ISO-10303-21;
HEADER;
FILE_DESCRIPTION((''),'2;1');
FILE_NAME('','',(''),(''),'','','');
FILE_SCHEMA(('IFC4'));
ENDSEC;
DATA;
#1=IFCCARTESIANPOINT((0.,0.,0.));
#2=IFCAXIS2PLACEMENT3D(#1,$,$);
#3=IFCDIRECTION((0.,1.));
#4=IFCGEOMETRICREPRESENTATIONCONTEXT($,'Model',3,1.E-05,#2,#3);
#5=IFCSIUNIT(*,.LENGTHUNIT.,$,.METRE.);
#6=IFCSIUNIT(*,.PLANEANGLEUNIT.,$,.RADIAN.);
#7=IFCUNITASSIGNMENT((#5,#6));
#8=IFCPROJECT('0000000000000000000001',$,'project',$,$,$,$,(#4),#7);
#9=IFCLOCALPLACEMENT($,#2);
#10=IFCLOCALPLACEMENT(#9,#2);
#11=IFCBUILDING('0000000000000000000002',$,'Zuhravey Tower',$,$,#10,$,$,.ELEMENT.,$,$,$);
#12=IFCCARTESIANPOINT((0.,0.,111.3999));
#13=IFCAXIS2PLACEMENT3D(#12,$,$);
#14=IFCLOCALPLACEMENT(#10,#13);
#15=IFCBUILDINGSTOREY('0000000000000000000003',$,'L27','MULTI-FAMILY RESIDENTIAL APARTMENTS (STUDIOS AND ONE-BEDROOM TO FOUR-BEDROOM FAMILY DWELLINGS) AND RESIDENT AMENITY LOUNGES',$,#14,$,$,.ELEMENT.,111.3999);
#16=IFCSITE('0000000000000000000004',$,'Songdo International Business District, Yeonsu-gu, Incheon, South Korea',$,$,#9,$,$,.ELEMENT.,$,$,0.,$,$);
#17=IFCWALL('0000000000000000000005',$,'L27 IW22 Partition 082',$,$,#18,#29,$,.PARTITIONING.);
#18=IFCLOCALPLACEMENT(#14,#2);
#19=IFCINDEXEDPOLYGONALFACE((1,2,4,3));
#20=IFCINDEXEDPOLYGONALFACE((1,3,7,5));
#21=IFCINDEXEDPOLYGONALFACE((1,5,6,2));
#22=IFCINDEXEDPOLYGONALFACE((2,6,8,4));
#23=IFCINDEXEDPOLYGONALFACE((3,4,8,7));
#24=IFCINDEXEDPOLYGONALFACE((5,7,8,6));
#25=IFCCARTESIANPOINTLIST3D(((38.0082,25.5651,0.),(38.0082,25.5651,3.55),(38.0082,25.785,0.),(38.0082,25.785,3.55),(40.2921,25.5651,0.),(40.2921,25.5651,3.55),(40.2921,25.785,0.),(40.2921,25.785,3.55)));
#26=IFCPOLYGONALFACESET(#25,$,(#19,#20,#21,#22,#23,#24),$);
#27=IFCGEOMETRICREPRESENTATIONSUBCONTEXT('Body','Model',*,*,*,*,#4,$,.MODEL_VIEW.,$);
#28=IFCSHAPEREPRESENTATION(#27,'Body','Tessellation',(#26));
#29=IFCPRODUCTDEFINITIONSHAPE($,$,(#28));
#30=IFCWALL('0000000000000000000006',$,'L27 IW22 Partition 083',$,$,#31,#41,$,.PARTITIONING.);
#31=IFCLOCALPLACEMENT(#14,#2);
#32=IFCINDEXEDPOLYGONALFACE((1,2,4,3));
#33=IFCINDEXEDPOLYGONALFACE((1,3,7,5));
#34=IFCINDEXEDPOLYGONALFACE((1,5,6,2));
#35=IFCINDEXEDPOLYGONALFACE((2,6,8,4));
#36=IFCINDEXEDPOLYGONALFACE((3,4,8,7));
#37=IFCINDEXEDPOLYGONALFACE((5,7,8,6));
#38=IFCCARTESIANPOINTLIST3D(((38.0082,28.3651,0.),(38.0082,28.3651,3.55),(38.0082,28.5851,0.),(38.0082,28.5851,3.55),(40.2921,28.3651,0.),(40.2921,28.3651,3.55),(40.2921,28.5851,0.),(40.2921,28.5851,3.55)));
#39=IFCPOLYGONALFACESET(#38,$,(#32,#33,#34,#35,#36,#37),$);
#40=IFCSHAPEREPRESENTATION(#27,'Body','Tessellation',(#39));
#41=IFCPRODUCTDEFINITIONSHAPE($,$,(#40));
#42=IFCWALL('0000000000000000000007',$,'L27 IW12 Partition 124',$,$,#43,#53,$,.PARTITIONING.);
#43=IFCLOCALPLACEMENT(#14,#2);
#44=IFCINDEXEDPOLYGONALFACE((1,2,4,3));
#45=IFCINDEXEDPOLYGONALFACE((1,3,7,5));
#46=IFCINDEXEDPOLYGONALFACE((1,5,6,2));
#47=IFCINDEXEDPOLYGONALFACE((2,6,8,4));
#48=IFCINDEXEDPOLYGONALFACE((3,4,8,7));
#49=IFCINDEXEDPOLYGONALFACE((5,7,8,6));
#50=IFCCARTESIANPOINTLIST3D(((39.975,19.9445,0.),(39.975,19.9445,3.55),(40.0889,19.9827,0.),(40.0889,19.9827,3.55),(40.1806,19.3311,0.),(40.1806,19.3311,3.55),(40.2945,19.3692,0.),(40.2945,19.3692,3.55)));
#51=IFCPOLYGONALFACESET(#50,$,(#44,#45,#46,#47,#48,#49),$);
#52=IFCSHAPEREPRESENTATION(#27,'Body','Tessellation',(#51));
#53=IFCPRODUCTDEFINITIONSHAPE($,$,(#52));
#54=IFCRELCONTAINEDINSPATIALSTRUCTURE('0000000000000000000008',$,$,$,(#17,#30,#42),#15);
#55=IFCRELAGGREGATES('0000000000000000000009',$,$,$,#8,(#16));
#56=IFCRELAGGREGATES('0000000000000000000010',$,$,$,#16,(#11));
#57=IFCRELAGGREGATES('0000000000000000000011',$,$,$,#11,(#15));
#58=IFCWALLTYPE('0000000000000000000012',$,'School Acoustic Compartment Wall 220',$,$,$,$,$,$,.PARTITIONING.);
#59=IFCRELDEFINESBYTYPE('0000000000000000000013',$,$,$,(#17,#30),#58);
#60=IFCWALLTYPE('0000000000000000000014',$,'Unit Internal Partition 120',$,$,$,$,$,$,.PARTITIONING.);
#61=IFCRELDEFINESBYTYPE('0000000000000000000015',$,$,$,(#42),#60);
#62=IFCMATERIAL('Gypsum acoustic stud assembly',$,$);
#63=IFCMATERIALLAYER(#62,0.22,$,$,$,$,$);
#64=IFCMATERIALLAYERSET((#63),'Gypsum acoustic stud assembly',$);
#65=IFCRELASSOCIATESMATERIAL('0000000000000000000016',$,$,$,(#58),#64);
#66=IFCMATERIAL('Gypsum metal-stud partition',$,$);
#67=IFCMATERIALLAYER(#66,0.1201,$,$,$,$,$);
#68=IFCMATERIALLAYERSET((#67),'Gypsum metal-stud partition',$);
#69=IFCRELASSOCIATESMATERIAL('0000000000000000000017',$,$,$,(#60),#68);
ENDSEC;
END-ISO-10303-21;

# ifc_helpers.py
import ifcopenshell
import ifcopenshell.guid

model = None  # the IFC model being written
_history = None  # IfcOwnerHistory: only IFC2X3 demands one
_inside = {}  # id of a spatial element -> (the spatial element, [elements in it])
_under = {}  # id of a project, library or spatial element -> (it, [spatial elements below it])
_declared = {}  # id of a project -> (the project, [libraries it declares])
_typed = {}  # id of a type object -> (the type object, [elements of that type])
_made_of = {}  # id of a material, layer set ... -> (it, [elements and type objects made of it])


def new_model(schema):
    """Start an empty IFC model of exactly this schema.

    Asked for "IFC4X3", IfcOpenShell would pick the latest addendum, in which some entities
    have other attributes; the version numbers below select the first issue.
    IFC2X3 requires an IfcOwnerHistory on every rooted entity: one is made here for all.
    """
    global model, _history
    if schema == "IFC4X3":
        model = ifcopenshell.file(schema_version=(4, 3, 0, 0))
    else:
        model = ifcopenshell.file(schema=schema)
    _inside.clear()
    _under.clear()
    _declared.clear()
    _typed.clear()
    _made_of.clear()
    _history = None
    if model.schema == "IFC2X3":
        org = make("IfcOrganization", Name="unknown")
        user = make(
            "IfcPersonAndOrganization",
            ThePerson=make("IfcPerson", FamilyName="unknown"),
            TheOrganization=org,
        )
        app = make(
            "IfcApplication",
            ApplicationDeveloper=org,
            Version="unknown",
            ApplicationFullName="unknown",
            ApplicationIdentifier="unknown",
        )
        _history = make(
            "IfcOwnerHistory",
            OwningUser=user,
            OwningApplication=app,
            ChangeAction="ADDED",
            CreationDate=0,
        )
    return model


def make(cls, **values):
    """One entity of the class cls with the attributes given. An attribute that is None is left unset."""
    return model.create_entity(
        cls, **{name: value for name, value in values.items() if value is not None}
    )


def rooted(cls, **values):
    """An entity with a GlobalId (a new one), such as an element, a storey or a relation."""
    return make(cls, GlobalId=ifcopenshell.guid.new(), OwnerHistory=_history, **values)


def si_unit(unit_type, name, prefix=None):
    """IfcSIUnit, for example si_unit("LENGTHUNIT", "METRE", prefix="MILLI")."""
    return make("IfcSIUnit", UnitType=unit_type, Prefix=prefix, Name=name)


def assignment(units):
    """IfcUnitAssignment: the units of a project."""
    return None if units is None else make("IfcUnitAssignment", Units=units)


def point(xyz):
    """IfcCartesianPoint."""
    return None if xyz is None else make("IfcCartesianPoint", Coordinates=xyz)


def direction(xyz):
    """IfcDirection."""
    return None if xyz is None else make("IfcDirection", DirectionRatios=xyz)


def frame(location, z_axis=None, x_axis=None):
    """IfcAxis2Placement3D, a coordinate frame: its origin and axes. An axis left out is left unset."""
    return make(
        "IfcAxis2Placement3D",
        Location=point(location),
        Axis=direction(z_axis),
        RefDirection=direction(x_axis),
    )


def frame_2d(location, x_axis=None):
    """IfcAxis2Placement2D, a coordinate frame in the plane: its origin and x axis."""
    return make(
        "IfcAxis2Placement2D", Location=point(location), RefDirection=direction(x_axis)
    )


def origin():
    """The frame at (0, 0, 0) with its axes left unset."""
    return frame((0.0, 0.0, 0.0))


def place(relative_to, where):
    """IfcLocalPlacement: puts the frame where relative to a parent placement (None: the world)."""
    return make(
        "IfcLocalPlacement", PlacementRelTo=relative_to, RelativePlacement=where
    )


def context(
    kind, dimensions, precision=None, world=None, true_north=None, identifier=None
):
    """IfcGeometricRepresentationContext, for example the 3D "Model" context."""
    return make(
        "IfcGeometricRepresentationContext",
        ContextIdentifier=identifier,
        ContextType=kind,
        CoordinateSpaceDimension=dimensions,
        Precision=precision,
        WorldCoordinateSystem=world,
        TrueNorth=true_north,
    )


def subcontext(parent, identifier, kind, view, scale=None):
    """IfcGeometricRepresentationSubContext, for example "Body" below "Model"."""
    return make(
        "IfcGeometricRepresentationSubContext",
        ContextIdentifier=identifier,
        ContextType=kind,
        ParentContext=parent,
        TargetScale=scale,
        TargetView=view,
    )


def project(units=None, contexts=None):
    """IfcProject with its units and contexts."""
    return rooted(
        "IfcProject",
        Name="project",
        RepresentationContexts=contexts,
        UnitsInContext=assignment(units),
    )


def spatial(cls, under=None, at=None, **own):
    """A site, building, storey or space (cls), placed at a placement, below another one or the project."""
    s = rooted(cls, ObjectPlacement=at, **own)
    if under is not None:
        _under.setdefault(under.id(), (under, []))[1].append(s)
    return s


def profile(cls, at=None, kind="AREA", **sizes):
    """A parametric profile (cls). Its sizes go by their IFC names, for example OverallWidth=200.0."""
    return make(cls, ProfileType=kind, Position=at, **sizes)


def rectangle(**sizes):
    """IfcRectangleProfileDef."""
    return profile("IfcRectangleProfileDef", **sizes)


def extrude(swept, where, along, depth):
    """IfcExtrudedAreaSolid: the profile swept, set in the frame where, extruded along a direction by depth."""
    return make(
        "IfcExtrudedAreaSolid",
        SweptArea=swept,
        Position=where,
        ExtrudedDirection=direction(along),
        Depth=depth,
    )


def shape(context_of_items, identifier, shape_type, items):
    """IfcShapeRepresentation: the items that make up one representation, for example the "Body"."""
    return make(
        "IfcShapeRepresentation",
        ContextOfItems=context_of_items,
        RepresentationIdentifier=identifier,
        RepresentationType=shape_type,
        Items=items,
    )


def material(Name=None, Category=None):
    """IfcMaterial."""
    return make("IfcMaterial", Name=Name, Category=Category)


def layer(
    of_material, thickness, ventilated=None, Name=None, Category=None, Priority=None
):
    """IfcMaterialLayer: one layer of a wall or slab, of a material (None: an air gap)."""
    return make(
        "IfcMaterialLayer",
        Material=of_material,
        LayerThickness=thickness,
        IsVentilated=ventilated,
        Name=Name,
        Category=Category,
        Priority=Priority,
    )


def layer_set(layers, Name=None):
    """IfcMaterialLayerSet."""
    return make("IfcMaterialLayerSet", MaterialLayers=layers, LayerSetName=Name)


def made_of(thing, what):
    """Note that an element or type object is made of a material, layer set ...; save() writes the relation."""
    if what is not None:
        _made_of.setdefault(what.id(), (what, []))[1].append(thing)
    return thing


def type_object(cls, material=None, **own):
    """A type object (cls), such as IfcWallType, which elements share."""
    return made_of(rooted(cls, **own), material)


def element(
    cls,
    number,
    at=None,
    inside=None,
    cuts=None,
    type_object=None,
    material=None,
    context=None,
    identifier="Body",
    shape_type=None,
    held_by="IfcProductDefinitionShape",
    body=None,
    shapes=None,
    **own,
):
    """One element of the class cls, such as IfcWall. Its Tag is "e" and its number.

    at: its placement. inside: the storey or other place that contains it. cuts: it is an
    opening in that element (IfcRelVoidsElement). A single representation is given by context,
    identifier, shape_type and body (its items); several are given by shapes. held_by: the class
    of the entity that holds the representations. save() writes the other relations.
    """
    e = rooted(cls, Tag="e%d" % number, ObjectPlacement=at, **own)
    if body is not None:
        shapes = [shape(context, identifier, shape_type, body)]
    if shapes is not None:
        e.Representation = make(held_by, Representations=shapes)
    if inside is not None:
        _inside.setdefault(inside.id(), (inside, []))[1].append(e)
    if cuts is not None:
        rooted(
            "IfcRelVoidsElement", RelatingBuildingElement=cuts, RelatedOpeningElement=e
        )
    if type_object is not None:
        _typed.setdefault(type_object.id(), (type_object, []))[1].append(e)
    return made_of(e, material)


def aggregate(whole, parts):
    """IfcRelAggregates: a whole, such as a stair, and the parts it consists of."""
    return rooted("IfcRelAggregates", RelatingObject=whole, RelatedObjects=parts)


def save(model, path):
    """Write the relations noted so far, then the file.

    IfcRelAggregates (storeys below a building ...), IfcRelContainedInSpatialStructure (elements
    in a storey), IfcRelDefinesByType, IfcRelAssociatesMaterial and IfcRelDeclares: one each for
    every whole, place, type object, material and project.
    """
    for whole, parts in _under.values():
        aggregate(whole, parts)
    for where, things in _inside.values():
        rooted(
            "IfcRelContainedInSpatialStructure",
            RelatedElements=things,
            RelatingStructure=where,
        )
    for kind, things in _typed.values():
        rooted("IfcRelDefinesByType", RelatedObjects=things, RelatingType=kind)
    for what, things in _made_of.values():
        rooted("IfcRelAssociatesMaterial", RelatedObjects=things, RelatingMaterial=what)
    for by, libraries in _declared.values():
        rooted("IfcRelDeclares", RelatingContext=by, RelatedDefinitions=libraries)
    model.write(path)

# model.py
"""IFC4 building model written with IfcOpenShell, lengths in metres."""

from ifc_helpers import new_model, si_unit, direction, frame, frame_2d, origin, place, context, subcontext, project, spatial, rectangle, extrude, material, layer, layer_set, type_object, element, save


model = new_model("IFC4")

# Units and contexts
model_context = context("Model", 3, precision=1e-05, world=origin(), true_north=direction((0.0, 1.0)))
body_context = subcontext(model_context, "Body", "Model", "MODEL_VIEW")
ifc_project = project(units=[si_unit("LENGTHUNIT", "METRE"), si_unit("PLANEANGLEUNIT", "RADIAN")], contexts=[model_context])

# Site, building, storey
site_placement = place(None, origin())
site = spatial("IfcSite", under=ifc_project, at=site_placement, Name="Songdo International Business District, Yeonsu-gu, Incheon, South Korea", CompositionType="ELEMENT", RefElevation=0.0)
building_placement = place(site_placement, origin())
building = spatial("IfcBuilding", under=site, at=building_placement, Name="Zuhravey Tower", CompositionType="ELEMENT")
storey_placement = place(building_placement, frame((0.0, 0.0, 111.3999)))
storey = spatial("IfcBuildingStorey", under=building, at=storey_placement, Name="L27", Description="MULTI-FAMILY RESIDENTIAL APARTMENTS (STUDIOS AND ONE-BEDROOM TO FOUR-BEDROOM FAMILY DWELLINGS) AND RESIDENT AMENITY LOUNGES", CompositionType="ELEMENT", Elevation=111.3999)

# Walls
ifc_material_1 = material(Name="Gypsum acoustic stud assembly")
ifc_layer_1 = layer(ifc_material_1, 0.22)
ifc_layer_set_1 = layer_set([ifc_layer_1], Name="Gypsum acoustic stud assembly")
wall_type_1 = type_object("IfcWallType", Name="School Acoustic Compartment Wall 220", PredefinedType="PARTITIONING", material=ifc_layer_set_1)
for number, where, z_axis, x_axis, name in (
    (1, (38.0081, 25.675, 0.0), (0.0, 0.0, 1.0), (1.0, 0.0, 0.0), "L27 IW22 Partition 082"),
    (2, (38.0081, 28.4751, 0.0), (0.0, 0.0, 1.0), (1.0, 0.0, 0.0), "L27 IW22 Partition 083"),
):
    element("IfcWall", number, at=place(storey_placement, frame(where, z_axis=z_axis, x_axis=x_axis)), inside=storey, type_object=wall_type_1, Name=name, PredefinedType="PARTITIONING", context=body_context, shape_type="SweptSolid", body=[
        extrude(rectangle(XDim=2.2839, YDim=0.22, at=frame_2d((1.1421, 0.0))), origin(), (0.0, 0.0, 1.0), 3.55),
    ])
ifc_material_2 = material(Name="Gypsum metal-stud partition")
ifc_layer_2 = layer(ifc_material_2, 0.1201)
ifc_layer_set_2 = layer_set([ifc_layer_2], Name="Gypsum metal-stud partition")
wall_type_2 = type_object("IfcWallType", Name="Unit Internal Partition 120", PredefinedType="PARTITIONING", material=ifc_layer_set_2)
wall_1_placement = place(storey_placement, frame((40.032, 19.9636, 0.0), z_axis=(0.0, 0.0, 1.0), x_axis=(0.317699, -0.948192, 0.0)))
element("IfcWall", 3, at=wall_1_placement, inside=storey, type_object=wall_type_2, Name="L27 IW12 Partition 124", PredefinedType="PARTITIONING", context=body_context, shape_type="SweptSolid", body=[
    extrude(rectangle(XDim=0.647, YDim=0.1201, at=frame_2d((0.3235, 0.0))), origin(), (0.0, 0.0, 1.0), 3.55),
])

save(model, "model.ifc")
